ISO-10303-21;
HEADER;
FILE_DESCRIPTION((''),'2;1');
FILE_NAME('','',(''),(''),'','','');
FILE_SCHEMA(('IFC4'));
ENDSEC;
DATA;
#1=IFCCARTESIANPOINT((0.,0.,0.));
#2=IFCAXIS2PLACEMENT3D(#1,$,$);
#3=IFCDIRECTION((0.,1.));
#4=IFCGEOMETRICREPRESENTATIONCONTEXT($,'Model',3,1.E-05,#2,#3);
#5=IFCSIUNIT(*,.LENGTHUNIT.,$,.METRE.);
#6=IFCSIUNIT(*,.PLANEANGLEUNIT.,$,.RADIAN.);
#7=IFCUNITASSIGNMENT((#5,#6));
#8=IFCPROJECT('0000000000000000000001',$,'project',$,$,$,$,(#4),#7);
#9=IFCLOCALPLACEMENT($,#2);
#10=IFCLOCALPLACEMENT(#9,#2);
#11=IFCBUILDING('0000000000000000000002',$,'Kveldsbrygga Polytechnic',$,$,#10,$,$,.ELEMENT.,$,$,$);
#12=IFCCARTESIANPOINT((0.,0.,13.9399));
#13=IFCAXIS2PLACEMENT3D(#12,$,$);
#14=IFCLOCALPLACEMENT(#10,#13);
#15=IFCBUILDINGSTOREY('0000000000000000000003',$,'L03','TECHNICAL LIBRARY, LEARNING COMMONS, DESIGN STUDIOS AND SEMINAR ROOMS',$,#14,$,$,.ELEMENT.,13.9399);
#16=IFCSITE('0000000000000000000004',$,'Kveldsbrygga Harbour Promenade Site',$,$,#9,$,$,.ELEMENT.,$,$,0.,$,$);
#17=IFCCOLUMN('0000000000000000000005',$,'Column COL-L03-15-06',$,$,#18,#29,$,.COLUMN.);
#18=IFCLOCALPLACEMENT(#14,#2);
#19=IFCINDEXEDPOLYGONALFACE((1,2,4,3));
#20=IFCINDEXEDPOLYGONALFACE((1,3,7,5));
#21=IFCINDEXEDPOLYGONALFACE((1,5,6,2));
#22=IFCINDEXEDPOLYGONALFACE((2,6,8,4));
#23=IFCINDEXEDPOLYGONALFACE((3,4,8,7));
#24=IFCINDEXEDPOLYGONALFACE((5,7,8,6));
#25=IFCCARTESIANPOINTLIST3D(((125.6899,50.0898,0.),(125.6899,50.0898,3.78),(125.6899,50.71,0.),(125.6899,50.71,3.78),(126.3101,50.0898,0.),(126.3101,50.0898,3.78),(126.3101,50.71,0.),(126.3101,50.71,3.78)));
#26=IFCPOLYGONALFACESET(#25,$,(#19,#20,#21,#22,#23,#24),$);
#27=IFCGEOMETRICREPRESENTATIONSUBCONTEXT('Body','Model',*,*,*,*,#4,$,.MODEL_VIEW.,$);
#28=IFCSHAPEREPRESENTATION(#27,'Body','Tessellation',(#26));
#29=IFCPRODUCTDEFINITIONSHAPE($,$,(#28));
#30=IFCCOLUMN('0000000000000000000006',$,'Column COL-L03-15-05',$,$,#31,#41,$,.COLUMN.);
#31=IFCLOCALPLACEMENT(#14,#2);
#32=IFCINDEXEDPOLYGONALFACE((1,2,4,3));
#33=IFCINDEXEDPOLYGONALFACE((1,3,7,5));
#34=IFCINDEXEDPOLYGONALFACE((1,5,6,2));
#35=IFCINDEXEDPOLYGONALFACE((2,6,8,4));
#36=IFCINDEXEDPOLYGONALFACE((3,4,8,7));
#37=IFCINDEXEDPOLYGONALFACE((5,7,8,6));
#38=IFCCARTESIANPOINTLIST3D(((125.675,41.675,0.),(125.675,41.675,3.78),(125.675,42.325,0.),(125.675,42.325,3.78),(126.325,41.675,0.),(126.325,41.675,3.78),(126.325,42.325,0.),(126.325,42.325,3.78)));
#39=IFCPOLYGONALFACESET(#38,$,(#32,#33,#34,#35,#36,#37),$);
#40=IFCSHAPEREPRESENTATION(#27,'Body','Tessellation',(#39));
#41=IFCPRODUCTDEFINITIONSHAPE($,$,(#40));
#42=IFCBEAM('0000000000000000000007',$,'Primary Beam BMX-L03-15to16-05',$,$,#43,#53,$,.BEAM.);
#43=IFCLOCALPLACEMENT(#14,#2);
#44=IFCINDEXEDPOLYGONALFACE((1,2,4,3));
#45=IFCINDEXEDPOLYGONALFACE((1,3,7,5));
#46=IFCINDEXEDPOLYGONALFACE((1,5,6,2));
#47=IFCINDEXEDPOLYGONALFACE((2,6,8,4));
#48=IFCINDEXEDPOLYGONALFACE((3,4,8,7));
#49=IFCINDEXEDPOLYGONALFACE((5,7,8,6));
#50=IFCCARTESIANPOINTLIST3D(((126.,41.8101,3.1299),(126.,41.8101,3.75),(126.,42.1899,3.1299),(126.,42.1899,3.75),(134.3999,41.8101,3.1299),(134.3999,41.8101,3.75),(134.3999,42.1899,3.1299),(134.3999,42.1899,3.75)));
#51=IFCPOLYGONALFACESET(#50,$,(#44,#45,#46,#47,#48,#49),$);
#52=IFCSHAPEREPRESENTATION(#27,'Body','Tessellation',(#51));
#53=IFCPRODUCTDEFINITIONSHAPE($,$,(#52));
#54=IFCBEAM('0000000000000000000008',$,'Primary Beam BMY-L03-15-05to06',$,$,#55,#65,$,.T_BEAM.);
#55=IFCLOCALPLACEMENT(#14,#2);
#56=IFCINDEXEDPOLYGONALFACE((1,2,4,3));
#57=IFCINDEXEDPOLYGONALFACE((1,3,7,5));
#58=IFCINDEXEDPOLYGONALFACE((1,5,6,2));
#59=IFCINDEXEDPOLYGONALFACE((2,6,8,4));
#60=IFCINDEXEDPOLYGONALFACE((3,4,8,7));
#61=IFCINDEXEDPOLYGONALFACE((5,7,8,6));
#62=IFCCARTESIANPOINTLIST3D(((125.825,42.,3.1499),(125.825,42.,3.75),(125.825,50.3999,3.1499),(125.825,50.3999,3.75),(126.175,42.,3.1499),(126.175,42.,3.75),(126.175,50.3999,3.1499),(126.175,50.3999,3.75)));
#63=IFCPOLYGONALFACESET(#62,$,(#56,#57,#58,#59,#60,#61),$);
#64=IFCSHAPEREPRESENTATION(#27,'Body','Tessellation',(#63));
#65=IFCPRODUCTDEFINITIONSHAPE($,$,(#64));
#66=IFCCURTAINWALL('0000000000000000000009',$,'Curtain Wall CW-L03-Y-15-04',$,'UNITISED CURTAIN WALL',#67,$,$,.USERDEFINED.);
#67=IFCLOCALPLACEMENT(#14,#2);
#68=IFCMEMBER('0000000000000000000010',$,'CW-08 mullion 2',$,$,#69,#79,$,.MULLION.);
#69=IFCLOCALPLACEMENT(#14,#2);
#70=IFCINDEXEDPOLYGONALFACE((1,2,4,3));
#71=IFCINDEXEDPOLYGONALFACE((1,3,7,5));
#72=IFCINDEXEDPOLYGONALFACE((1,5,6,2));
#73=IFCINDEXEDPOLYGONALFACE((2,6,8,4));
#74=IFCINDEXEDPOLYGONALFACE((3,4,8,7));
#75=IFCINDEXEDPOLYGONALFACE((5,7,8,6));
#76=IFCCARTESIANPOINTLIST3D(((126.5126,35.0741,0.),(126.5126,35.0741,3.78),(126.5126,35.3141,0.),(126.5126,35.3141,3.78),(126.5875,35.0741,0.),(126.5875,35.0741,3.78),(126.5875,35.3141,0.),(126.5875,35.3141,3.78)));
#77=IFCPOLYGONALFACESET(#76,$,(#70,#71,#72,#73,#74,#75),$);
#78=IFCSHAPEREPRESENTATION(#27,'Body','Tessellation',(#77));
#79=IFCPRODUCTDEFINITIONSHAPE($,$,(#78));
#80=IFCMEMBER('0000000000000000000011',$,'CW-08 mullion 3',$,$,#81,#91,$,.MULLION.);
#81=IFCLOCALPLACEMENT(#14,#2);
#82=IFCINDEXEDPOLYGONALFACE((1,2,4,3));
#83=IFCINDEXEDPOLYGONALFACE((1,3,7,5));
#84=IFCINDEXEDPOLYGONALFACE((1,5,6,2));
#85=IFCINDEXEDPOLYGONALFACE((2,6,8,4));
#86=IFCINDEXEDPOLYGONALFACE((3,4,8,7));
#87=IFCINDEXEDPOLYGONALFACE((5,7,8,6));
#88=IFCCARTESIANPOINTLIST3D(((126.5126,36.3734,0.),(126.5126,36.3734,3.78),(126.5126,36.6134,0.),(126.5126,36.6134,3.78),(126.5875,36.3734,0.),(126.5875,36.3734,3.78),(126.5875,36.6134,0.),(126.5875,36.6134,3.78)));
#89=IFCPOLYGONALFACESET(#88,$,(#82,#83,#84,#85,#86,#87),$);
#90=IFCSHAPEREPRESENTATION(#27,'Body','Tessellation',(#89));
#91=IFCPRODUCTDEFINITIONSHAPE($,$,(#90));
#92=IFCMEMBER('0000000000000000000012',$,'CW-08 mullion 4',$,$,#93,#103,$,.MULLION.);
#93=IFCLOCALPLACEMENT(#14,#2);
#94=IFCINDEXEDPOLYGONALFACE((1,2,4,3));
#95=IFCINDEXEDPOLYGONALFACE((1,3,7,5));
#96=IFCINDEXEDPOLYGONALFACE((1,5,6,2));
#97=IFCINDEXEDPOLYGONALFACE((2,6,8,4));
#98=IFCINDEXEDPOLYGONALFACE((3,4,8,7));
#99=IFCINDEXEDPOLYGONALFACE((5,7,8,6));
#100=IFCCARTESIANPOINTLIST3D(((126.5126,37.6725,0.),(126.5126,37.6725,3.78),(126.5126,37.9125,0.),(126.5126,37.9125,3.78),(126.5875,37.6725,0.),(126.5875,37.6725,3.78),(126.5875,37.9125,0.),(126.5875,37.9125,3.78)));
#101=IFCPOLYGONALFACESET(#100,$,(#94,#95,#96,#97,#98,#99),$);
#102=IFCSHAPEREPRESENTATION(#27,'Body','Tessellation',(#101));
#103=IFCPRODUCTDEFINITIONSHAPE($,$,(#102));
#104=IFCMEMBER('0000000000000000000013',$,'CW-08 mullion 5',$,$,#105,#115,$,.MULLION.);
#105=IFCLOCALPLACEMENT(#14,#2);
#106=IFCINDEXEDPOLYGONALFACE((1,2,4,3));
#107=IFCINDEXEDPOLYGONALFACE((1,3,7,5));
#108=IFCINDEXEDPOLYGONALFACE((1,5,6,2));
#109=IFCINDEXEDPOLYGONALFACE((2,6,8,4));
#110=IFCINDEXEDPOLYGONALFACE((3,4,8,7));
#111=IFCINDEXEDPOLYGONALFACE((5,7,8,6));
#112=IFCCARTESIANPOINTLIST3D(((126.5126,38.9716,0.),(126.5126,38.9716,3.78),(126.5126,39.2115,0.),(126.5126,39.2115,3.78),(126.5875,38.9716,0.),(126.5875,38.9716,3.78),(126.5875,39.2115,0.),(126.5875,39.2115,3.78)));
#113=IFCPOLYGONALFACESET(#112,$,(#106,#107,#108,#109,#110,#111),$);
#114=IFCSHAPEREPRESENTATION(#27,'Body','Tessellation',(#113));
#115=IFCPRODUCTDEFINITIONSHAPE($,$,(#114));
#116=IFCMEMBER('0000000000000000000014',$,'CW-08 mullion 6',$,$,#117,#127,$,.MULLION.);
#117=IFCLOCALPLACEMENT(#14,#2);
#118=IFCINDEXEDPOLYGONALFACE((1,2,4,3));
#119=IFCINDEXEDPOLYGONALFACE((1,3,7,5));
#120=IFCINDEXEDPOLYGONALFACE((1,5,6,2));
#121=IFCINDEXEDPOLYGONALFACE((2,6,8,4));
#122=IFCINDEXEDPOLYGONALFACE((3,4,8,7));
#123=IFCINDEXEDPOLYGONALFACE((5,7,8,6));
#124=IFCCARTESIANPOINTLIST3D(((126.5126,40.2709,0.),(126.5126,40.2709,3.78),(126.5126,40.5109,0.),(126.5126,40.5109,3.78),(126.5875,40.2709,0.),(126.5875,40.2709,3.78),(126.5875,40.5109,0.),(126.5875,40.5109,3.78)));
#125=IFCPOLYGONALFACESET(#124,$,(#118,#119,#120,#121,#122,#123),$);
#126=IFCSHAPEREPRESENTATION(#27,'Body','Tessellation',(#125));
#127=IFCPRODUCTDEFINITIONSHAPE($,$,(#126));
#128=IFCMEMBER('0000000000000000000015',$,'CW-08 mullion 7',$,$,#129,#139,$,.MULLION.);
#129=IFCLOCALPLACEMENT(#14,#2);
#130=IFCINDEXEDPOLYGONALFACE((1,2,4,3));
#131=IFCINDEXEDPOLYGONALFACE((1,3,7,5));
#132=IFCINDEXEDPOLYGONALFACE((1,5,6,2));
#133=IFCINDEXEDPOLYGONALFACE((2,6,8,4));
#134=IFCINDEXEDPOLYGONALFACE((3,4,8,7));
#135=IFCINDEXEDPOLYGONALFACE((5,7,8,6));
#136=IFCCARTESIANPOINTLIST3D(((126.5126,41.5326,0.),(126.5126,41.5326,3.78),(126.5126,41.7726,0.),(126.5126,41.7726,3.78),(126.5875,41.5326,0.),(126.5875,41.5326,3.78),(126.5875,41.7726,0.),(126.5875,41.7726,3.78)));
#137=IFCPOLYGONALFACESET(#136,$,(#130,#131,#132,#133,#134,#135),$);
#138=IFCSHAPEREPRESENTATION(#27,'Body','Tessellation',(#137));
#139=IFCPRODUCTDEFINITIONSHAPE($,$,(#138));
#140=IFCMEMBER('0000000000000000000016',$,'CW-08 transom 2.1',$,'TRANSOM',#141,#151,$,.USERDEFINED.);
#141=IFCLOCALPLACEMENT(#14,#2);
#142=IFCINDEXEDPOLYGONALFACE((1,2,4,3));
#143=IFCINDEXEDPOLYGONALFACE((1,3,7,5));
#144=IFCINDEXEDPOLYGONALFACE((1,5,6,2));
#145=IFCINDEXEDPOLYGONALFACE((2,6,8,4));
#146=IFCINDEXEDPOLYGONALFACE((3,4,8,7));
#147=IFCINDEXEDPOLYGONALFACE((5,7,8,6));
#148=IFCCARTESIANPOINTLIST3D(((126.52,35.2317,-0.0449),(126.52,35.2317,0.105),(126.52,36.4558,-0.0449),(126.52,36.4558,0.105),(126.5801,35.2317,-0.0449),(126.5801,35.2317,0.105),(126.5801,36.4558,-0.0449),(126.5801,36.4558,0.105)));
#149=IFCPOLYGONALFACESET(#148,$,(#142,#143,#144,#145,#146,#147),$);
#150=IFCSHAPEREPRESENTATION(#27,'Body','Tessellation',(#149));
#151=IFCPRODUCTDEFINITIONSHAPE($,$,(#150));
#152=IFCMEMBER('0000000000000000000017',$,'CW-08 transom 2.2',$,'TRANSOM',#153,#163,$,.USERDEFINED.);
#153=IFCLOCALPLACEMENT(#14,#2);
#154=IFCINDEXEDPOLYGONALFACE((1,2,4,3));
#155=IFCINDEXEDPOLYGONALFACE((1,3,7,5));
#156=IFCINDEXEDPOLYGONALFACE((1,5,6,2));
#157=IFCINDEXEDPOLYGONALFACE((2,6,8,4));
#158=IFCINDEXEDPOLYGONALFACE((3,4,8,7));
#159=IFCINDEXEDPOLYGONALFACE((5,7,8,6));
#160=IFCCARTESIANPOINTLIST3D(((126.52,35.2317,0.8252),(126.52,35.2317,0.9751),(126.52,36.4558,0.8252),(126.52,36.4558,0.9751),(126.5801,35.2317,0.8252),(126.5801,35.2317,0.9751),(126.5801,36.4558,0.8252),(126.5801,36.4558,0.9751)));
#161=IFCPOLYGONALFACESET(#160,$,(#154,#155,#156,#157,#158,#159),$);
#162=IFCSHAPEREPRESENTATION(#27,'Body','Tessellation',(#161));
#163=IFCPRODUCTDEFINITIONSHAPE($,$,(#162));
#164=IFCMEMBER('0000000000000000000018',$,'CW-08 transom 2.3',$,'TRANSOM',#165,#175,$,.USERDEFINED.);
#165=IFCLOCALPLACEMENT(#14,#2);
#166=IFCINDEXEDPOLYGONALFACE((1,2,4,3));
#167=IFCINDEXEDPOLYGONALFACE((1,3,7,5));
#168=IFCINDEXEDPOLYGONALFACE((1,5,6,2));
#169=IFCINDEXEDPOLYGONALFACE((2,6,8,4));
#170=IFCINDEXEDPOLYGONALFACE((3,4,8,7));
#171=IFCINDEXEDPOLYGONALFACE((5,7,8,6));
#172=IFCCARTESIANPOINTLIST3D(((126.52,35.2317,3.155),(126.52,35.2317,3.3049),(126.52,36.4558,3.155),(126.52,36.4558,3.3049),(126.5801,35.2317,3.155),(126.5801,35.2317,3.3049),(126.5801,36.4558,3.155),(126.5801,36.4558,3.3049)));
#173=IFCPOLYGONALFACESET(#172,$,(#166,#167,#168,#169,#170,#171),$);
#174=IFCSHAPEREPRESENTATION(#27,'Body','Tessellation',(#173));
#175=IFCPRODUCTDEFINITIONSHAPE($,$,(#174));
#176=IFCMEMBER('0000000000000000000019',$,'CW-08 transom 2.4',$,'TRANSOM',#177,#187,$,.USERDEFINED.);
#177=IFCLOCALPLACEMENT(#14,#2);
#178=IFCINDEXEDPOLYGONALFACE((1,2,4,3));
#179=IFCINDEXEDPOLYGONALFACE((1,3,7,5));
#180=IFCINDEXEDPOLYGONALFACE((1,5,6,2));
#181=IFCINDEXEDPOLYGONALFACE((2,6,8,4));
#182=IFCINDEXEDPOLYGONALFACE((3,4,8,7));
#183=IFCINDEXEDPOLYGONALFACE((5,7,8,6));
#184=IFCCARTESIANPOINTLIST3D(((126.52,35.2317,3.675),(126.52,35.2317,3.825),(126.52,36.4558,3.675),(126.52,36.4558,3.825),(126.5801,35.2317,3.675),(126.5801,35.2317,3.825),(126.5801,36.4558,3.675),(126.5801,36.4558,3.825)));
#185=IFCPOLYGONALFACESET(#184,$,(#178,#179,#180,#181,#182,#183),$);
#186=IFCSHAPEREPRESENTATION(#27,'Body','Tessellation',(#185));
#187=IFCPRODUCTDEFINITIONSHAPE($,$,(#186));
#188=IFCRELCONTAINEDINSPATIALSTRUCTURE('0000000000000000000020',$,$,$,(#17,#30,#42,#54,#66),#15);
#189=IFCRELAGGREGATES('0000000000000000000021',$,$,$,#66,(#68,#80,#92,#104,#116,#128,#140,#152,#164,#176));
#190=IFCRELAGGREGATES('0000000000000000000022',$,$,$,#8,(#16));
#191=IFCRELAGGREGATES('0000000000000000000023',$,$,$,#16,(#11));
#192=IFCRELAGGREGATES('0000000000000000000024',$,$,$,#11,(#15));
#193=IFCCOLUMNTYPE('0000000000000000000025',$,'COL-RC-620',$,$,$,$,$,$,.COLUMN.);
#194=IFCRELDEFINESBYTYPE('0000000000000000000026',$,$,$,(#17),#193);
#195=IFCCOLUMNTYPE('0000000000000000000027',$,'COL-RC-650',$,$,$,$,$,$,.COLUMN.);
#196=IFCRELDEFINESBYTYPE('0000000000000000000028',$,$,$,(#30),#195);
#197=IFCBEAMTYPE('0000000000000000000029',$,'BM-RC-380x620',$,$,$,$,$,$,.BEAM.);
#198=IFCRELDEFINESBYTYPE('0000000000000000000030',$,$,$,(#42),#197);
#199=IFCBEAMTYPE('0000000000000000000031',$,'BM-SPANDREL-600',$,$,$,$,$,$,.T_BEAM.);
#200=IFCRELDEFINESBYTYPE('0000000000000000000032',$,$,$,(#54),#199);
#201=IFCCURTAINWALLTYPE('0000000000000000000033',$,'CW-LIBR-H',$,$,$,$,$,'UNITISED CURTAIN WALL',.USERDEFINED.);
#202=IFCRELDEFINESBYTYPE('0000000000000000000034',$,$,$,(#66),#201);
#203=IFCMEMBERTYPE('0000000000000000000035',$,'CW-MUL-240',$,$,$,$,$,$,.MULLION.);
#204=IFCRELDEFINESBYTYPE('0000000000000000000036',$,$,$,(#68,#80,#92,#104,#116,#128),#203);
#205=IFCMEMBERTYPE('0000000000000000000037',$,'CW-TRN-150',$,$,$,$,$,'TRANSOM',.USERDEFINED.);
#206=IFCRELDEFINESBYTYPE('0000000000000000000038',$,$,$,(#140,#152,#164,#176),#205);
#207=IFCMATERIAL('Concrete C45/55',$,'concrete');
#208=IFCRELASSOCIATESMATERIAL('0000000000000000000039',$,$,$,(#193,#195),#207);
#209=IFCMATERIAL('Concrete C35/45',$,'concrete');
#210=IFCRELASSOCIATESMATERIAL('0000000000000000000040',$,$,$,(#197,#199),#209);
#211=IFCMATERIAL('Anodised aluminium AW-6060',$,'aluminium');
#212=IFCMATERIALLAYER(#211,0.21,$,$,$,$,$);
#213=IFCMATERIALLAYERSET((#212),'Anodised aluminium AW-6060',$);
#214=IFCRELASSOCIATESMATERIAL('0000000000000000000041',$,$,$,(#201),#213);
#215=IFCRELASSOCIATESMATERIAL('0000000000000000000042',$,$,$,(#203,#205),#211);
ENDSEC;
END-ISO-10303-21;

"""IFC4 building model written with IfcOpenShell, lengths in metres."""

from ifc_helpers import new_model, si_unit, direction, frame, origin, origin_2d, place, context, subcontext, project, spatial, rectangle, extrude, material, layer, layer_set, material_profile, profile_set, type_object, element, aggregate, save


model = new_model("IFC4")

# Units and contexts
model_context = context("Model", 3, precision=1e-05, world=origin(), true_north=direction((0.0, 1.0)))
body_context = subcontext(model_context, "Body", "Model", "MODEL_VIEW")
ifc_project = project(units=[si_unit("LENGTHUNIT", "METRE"), si_unit("PLANEANGLEUNIT", "RADIAN")], contexts=[model_context])

# Site, building, storey
site_placement = place(None, origin())
site = spatial("IfcSite", under=ifc_project, at=site_placement, Name="Kveldsbrygga Harbour Promenade Site", CompositionType="ELEMENT", RefElevation=0.0)
building_placement = place(site_placement, origin())
building = spatial("IfcBuilding", under=site, at=building_placement, Name="Kveldsbrygga Polytechnic", CompositionType="ELEMENT")
storey_placement = place(building_placement, frame((0.0, 0.0, 13.9399)))
storey = spatial("IfcBuildingStorey", under=building, at=storey_placement, Name="L03", Description="TECHNICAL LIBRARY, LEARNING COMMONS, DESIGN STUDIOS AND SEMINAR ROOMS", CompositionType="ELEMENT", Elevation=13.9399)

# Columns
ifc_material_1 = material(Name="Concrete C45/55", Category="concrete")
ifc_material_profile_1 = material_profile(ifc_material_1, rectangle(XDim=0.6201, YDim=0.6201, at=origin_2d()), Name="RC 620x620")
ifc_profile_set_1 = profile_set([ifc_material_profile_1], Name="Concrete C45/55")
column_type_1 = type_object("IfcColumnType", Name="COL-RC-620", PredefinedType="COLUMN", material=ifc_profile_set_1)
column_1_placement = place(storey_placement, frame((126.0, 50.3999, 0.0), z_axis=(0.0, 0.0, 1.0), x_axis=(1.0, 0.0, 0.0)))
element("IfcColumn", 1, at=column_1_placement, inside=storey, type_object=column_type_1, Name="Column COL-L03-15-06", PredefinedType="COLUMN", context=body_context, shape_type="SweptSolid", body=[
    extrude(rectangle(XDim=0.6201, YDim=0.6201, at=origin_2d()), origin(), (0.0, 0.0, 1.0), 3.78),
])
ifc_material_profile_2 = material_profile(ifc_material_1, rectangle(XDim=0.6499, YDim=0.6499, at=origin_2d()), Name="RC 650x650")
ifc_profile_set_2 = profile_set([ifc_material_profile_2], Name="Concrete C45/55")
column_type_2 = type_object("IfcColumnType", Name="COL-RC-650", PredefinedType="COLUMN", material=ifc_profile_set_2)
column_2_placement = place(storey_placement, frame((126.0, 42.0, 0.0), z_axis=(0.0, 0.0, 1.0), x_axis=(1.0, 0.0, 0.0)))
element("IfcColumn", 2, at=column_2_placement, inside=storey, type_object=column_type_2, Name="Column COL-L03-15-05", PredefinedType="COLUMN", context=body_context, shape_type="SweptSolid", body=[
    extrude(rectangle(XDim=0.6499, YDim=0.6499, at=origin_2d()), origin(), (0.0, 0.0, 1.0), 3.78),
])

# Beams
ifc_material_2 = material(Name="Concrete C35/45", Category="concrete")
ifc_material_profile_3 = material_profile(ifc_material_2, rectangle(XDim=0.3799, YDim=0.6201, at=origin_2d()), Name="RC 380x620")
ifc_profile_set_3 = profile_set([ifc_material_profile_3], Name="Concrete C35/45")
beam_type_1 = type_object("IfcBeamType", Name="BM-RC-380x620", PredefinedType="BEAM", material=ifc_profile_set_3)
beam_1_placement = place(storey_placement, frame((126.0, 42.0, 3.4399), z_axis=(1.0, 0.0, 0.0), x_axis=(0.0, 1.0, 0.0)))
element("IfcBeam", 3, at=beam_1_placement, inside=storey, type_object=beam_type_1, Name="Primary Beam BMX-L03-15to16-05", PredefinedType="BEAM", context=body_context, shape_type="SweptSolid", body=[
    extrude(rectangle(XDim=0.3799, YDim=0.6201, at=origin_2d()), origin(), (0.0, 0.0, 1.0), 8.3999),
])
ifc_material_profile_4 = material_profile(ifc_material_2, rectangle(XDim=0.3501, YDim=0.6001, at=origin_2d()), Name="RC 350x600")
ifc_profile_set_4 = profile_set([ifc_material_profile_4], Name="Concrete C35/45")
beam_type_2 = type_object("IfcBeamType", Name="BM-SPANDREL-600", PredefinedType="T_BEAM", material=ifc_profile_set_4)
beam_2_placement = place(storey_placement, frame((126.0, 42.0, 3.45), z_axis=(0.0, 1.0, 0.0), x_axis=(-1.0, 0.0, 0.0)))
element("IfcBeam", 4, at=beam_2_placement, inside=storey, type_object=beam_type_2, Name="Primary Beam BMY-L03-15-05to06", PredefinedType="T_BEAM", context=body_context, shape_type="SweptSolid", body=[
    extrude(rectangle(XDim=0.3501, YDim=0.6001, at=origin_2d()), origin(), (0.0, 0.0, 1.0), 8.3999),
])

# Curtain wall, members
ifc_material_3 = material(Name="Anodised aluminium AW-6060", Category="aluminium")
ifc_layer_1 = layer(ifc_material_3, 0.21)
ifc_layer_set_1 = layer_set([ifc_layer_1], Name="Anodised aluminium AW-6060")
curtain_wall_type = type_object("IfcCurtainWallType", Name="CW-LIBR-H", ElementType="UNITISED CURTAIN WALL", PredefinedType="USERDEFINED", material=ifc_layer_set_1)
curtain_wall_placement = place(storey_placement, origin())
curtain_wall = element("IfcCurtainWall", 5, at=curtain_wall_placement, inside=storey, type_object=curtain_wall_type, Name="Curtain Wall CW-L03-Y-15-04", ObjectType="UNITISED CURTAIN WALL", PredefinedType="USERDEFINED")
ifc_material_profile_5 = material_profile(ifc_material_3, rectangle(XDim=0.075, YDim=0.24, at=origin_2d()), Name="ALU 75x240")
ifc_profile_set_5 = profile_set([ifc_material_profile_5], Name="Anodised aluminium AW-6060")
member_type_1 = type_object("IfcMemberType", Name="CW-MUL-240", PredefinedType="MULLION", material=ifc_profile_set_5)
member_1_placement = place(storey_placement, frame((126.55, 35.1941, 0.0), z_axis=(0.0, 0.0, 1.0), x_axis=(-1.0, 0.0, 0.0)))
member_1 = element("IfcMember", 6, at=member_1_placement, type_object=member_type_1, Name="CW-08 mullion 2", PredefinedType="MULLION", context=body_context, shape_type="SweptSolid", body=[
    extrude(rectangle(XDim=0.075, YDim=0.24, at=origin_2d()), origin(), (0.0, 0.0, 1.0), 3.78),
])
member_2_placement = place(storey_placement, frame((126.55, 36.4934, 0.0), z_axis=(0.0, 0.0, 1.0), x_axis=(-1.0, 0.0, 0.0)))
member_2 = element("IfcMember", 7, at=member_2_placement, type_object=member_type_1, Name="CW-08 mullion 3", PredefinedType="MULLION", context=body_context, shape_type="SweptSolid", body=[
    extrude(rectangle(XDim=0.075, YDim=0.24, at=origin_2d()), origin(), (0.0, 0.0, 1.0), 3.78),
])
member_3_placement = place(storey_placement, frame((126.55, 37.7925, 0.0), z_axis=(0.0, 0.0, 1.0), x_axis=(-1.0, 0.0, 0.0)))
member_3 = element("IfcMember", 8, at=member_3_placement, type_object=member_type_1, Name="CW-08 mullion 4", PredefinedType="MULLION", context=body_context, shape_type="SweptSolid", body=[
    extrude(rectangle(XDim=0.075, YDim=0.24, at=origin_2d()), origin(), (0.0, 0.0, 1.0), 3.78),
])
member_4_placement = place(storey_placement, frame((126.55, 39.0916, 0.0), z_axis=(0.0, 0.0, 1.0), x_axis=(-1.0, 0.0, 0.0)))
member_4 = element("IfcMember", 9, at=member_4_placement, type_object=member_type_1, Name="CW-08 mullion 5", PredefinedType="MULLION", context=body_context, shape_type="SweptSolid", body=[
    extrude(rectangle(XDim=0.075, YDim=0.24, at=origin_2d()), origin(), (0.0, 0.0, 1.0), 3.78),
])
member_5_placement = place(storey_placement, frame((126.55, 40.3909, 0.0), z_axis=(0.0, 0.0, 1.0), x_axis=(-1.0, 0.0, 0.0)))
member_5 = element("IfcMember", 10, at=member_5_placement, type_object=member_type_1, Name="CW-08 mullion 6", PredefinedType="MULLION", context=body_context, shape_type="SweptSolid", body=[
    extrude(rectangle(XDim=0.075, YDim=0.24, at=origin_2d()), origin(), (0.0, 0.0, 1.0), 3.78),
])
member_6_placement = place(storey_placement, frame((126.55, 41.6526, 0.0), z_axis=(0.0, 0.0, 1.0), x_axis=(-1.0, 0.0, 0.0)))
member_6 = element("IfcMember", 11, at=member_6_placement, type_object=member_type_1, Name="CW-08 mullion 7", PredefinedType="MULLION", context=body_context, shape_type="SweptSolid", body=[
    extrude(rectangle(XDim=0.075, YDim=0.24, at=origin_2d()), origin(), (0.0, 0.0, 1.0), 3.78),
])
ifc_material_profile_6 = material_profile(ifc_material_3, rectangle(XDim=0.0601, YDim=0.1499, at=origin_2d()), Name="ALU 60x150")
ifc_profile_set_6 = profile_set([ifc_material_profile_6], Name="Anodised aluminium AW-6060")
member_type_2 = type_object("IfcMemberType", Name="CW-TRN-150", ElementType="TRANSOM", PredefinedType="USERDEFINED", material=ifc_profile_set_6)
member_7_placement = place(storey_placement, frame((126.55, 35.2317, 0.03), z_axis=(0.0, 1.0, 0.0), x_axis=(-1.0, 0.0, 0.0)))
member_7 = element("IfcMember", 12, at=member_7_placement, type_object=member_type_2, Name="CW-08 transom 2.1", ObjectType="TRANSOM", PredefinedType="USERDEFINED", context=body_context, shape_type="SweptSolid", body=[
    extrude(rectangle(XDim=0.0601, YDim=0.1499, at=origin_2d()), origin(), (0.0, 0.0, 1.0), 1.2241),
])
member_8_placement = place(storey_placement, frame((126.55, 35.2317, 0.9001), z_axis=(0.0, 1.0, 0.0), x_axis=(-1.0, 0.0, 0.0)))
member_8 = element("IfcMember", 13, at=member_8_placement, type_object=member_type_2, Name="CW-08 transom 2.2", ObjectType="TRANSOM", PredefinedType="USERDEFINED", context=body_context, shape_type="SweptSolid", body=[
    extrude(rectangle(XDim=0.0601, YDim=0.1499, at=origin_2d()), origin(), (0.0, 0.0, 1.0), 1.2241),
])
member_9_placement = place(storey_placement, frame((126.55, 35.2317, 3.23), z_axis=(0.0, 1.0, 0.0), x_axis=(-1.0, 0.0, 0.0)))
member_9 = element("IfcMember", 14, at=member_9_placement, type_object=member_type_2, Name="CW-08 transom 2.3", ObjectType="TRANSOM", PredefinedType="USERDEFINED", context=body_context, shape_type="SweptSolid", body=[
    extrude(rectangle(XDim=0.0601, YDim=0.1499, at=origin_2d()), origin(), (0.0, 0.0, 1.0), 1.2241),
])
member_10_placement = place(storey_placement, frame((126.55, 35.2317, 3.75), z_axis=(0.0, 1.0, 0.0), x_axis=(-1.0, 0.0, 0.0)))
member_10 = element("IfcMember", 15, at=member_10_placement, type_object=member_type_2, Name="CW-08 transom 2.4", ObjectType="TRANSOM", PredefinedType="USERDEFINED", context=body_context, shape_type="SweptSolid", body=[
    extrude(rectangle(XDim=0.0601, YDim=0.1499, at=origin_2d()), origin(), (0.0, 0.0, 1.0), 1.2241),
])

aggregate(curtain_wall, [member_1, member_2, member_3, member_4, member_5, member_6, member_7, member_8, member_9, member_10])

save(model, "model.ifc")
